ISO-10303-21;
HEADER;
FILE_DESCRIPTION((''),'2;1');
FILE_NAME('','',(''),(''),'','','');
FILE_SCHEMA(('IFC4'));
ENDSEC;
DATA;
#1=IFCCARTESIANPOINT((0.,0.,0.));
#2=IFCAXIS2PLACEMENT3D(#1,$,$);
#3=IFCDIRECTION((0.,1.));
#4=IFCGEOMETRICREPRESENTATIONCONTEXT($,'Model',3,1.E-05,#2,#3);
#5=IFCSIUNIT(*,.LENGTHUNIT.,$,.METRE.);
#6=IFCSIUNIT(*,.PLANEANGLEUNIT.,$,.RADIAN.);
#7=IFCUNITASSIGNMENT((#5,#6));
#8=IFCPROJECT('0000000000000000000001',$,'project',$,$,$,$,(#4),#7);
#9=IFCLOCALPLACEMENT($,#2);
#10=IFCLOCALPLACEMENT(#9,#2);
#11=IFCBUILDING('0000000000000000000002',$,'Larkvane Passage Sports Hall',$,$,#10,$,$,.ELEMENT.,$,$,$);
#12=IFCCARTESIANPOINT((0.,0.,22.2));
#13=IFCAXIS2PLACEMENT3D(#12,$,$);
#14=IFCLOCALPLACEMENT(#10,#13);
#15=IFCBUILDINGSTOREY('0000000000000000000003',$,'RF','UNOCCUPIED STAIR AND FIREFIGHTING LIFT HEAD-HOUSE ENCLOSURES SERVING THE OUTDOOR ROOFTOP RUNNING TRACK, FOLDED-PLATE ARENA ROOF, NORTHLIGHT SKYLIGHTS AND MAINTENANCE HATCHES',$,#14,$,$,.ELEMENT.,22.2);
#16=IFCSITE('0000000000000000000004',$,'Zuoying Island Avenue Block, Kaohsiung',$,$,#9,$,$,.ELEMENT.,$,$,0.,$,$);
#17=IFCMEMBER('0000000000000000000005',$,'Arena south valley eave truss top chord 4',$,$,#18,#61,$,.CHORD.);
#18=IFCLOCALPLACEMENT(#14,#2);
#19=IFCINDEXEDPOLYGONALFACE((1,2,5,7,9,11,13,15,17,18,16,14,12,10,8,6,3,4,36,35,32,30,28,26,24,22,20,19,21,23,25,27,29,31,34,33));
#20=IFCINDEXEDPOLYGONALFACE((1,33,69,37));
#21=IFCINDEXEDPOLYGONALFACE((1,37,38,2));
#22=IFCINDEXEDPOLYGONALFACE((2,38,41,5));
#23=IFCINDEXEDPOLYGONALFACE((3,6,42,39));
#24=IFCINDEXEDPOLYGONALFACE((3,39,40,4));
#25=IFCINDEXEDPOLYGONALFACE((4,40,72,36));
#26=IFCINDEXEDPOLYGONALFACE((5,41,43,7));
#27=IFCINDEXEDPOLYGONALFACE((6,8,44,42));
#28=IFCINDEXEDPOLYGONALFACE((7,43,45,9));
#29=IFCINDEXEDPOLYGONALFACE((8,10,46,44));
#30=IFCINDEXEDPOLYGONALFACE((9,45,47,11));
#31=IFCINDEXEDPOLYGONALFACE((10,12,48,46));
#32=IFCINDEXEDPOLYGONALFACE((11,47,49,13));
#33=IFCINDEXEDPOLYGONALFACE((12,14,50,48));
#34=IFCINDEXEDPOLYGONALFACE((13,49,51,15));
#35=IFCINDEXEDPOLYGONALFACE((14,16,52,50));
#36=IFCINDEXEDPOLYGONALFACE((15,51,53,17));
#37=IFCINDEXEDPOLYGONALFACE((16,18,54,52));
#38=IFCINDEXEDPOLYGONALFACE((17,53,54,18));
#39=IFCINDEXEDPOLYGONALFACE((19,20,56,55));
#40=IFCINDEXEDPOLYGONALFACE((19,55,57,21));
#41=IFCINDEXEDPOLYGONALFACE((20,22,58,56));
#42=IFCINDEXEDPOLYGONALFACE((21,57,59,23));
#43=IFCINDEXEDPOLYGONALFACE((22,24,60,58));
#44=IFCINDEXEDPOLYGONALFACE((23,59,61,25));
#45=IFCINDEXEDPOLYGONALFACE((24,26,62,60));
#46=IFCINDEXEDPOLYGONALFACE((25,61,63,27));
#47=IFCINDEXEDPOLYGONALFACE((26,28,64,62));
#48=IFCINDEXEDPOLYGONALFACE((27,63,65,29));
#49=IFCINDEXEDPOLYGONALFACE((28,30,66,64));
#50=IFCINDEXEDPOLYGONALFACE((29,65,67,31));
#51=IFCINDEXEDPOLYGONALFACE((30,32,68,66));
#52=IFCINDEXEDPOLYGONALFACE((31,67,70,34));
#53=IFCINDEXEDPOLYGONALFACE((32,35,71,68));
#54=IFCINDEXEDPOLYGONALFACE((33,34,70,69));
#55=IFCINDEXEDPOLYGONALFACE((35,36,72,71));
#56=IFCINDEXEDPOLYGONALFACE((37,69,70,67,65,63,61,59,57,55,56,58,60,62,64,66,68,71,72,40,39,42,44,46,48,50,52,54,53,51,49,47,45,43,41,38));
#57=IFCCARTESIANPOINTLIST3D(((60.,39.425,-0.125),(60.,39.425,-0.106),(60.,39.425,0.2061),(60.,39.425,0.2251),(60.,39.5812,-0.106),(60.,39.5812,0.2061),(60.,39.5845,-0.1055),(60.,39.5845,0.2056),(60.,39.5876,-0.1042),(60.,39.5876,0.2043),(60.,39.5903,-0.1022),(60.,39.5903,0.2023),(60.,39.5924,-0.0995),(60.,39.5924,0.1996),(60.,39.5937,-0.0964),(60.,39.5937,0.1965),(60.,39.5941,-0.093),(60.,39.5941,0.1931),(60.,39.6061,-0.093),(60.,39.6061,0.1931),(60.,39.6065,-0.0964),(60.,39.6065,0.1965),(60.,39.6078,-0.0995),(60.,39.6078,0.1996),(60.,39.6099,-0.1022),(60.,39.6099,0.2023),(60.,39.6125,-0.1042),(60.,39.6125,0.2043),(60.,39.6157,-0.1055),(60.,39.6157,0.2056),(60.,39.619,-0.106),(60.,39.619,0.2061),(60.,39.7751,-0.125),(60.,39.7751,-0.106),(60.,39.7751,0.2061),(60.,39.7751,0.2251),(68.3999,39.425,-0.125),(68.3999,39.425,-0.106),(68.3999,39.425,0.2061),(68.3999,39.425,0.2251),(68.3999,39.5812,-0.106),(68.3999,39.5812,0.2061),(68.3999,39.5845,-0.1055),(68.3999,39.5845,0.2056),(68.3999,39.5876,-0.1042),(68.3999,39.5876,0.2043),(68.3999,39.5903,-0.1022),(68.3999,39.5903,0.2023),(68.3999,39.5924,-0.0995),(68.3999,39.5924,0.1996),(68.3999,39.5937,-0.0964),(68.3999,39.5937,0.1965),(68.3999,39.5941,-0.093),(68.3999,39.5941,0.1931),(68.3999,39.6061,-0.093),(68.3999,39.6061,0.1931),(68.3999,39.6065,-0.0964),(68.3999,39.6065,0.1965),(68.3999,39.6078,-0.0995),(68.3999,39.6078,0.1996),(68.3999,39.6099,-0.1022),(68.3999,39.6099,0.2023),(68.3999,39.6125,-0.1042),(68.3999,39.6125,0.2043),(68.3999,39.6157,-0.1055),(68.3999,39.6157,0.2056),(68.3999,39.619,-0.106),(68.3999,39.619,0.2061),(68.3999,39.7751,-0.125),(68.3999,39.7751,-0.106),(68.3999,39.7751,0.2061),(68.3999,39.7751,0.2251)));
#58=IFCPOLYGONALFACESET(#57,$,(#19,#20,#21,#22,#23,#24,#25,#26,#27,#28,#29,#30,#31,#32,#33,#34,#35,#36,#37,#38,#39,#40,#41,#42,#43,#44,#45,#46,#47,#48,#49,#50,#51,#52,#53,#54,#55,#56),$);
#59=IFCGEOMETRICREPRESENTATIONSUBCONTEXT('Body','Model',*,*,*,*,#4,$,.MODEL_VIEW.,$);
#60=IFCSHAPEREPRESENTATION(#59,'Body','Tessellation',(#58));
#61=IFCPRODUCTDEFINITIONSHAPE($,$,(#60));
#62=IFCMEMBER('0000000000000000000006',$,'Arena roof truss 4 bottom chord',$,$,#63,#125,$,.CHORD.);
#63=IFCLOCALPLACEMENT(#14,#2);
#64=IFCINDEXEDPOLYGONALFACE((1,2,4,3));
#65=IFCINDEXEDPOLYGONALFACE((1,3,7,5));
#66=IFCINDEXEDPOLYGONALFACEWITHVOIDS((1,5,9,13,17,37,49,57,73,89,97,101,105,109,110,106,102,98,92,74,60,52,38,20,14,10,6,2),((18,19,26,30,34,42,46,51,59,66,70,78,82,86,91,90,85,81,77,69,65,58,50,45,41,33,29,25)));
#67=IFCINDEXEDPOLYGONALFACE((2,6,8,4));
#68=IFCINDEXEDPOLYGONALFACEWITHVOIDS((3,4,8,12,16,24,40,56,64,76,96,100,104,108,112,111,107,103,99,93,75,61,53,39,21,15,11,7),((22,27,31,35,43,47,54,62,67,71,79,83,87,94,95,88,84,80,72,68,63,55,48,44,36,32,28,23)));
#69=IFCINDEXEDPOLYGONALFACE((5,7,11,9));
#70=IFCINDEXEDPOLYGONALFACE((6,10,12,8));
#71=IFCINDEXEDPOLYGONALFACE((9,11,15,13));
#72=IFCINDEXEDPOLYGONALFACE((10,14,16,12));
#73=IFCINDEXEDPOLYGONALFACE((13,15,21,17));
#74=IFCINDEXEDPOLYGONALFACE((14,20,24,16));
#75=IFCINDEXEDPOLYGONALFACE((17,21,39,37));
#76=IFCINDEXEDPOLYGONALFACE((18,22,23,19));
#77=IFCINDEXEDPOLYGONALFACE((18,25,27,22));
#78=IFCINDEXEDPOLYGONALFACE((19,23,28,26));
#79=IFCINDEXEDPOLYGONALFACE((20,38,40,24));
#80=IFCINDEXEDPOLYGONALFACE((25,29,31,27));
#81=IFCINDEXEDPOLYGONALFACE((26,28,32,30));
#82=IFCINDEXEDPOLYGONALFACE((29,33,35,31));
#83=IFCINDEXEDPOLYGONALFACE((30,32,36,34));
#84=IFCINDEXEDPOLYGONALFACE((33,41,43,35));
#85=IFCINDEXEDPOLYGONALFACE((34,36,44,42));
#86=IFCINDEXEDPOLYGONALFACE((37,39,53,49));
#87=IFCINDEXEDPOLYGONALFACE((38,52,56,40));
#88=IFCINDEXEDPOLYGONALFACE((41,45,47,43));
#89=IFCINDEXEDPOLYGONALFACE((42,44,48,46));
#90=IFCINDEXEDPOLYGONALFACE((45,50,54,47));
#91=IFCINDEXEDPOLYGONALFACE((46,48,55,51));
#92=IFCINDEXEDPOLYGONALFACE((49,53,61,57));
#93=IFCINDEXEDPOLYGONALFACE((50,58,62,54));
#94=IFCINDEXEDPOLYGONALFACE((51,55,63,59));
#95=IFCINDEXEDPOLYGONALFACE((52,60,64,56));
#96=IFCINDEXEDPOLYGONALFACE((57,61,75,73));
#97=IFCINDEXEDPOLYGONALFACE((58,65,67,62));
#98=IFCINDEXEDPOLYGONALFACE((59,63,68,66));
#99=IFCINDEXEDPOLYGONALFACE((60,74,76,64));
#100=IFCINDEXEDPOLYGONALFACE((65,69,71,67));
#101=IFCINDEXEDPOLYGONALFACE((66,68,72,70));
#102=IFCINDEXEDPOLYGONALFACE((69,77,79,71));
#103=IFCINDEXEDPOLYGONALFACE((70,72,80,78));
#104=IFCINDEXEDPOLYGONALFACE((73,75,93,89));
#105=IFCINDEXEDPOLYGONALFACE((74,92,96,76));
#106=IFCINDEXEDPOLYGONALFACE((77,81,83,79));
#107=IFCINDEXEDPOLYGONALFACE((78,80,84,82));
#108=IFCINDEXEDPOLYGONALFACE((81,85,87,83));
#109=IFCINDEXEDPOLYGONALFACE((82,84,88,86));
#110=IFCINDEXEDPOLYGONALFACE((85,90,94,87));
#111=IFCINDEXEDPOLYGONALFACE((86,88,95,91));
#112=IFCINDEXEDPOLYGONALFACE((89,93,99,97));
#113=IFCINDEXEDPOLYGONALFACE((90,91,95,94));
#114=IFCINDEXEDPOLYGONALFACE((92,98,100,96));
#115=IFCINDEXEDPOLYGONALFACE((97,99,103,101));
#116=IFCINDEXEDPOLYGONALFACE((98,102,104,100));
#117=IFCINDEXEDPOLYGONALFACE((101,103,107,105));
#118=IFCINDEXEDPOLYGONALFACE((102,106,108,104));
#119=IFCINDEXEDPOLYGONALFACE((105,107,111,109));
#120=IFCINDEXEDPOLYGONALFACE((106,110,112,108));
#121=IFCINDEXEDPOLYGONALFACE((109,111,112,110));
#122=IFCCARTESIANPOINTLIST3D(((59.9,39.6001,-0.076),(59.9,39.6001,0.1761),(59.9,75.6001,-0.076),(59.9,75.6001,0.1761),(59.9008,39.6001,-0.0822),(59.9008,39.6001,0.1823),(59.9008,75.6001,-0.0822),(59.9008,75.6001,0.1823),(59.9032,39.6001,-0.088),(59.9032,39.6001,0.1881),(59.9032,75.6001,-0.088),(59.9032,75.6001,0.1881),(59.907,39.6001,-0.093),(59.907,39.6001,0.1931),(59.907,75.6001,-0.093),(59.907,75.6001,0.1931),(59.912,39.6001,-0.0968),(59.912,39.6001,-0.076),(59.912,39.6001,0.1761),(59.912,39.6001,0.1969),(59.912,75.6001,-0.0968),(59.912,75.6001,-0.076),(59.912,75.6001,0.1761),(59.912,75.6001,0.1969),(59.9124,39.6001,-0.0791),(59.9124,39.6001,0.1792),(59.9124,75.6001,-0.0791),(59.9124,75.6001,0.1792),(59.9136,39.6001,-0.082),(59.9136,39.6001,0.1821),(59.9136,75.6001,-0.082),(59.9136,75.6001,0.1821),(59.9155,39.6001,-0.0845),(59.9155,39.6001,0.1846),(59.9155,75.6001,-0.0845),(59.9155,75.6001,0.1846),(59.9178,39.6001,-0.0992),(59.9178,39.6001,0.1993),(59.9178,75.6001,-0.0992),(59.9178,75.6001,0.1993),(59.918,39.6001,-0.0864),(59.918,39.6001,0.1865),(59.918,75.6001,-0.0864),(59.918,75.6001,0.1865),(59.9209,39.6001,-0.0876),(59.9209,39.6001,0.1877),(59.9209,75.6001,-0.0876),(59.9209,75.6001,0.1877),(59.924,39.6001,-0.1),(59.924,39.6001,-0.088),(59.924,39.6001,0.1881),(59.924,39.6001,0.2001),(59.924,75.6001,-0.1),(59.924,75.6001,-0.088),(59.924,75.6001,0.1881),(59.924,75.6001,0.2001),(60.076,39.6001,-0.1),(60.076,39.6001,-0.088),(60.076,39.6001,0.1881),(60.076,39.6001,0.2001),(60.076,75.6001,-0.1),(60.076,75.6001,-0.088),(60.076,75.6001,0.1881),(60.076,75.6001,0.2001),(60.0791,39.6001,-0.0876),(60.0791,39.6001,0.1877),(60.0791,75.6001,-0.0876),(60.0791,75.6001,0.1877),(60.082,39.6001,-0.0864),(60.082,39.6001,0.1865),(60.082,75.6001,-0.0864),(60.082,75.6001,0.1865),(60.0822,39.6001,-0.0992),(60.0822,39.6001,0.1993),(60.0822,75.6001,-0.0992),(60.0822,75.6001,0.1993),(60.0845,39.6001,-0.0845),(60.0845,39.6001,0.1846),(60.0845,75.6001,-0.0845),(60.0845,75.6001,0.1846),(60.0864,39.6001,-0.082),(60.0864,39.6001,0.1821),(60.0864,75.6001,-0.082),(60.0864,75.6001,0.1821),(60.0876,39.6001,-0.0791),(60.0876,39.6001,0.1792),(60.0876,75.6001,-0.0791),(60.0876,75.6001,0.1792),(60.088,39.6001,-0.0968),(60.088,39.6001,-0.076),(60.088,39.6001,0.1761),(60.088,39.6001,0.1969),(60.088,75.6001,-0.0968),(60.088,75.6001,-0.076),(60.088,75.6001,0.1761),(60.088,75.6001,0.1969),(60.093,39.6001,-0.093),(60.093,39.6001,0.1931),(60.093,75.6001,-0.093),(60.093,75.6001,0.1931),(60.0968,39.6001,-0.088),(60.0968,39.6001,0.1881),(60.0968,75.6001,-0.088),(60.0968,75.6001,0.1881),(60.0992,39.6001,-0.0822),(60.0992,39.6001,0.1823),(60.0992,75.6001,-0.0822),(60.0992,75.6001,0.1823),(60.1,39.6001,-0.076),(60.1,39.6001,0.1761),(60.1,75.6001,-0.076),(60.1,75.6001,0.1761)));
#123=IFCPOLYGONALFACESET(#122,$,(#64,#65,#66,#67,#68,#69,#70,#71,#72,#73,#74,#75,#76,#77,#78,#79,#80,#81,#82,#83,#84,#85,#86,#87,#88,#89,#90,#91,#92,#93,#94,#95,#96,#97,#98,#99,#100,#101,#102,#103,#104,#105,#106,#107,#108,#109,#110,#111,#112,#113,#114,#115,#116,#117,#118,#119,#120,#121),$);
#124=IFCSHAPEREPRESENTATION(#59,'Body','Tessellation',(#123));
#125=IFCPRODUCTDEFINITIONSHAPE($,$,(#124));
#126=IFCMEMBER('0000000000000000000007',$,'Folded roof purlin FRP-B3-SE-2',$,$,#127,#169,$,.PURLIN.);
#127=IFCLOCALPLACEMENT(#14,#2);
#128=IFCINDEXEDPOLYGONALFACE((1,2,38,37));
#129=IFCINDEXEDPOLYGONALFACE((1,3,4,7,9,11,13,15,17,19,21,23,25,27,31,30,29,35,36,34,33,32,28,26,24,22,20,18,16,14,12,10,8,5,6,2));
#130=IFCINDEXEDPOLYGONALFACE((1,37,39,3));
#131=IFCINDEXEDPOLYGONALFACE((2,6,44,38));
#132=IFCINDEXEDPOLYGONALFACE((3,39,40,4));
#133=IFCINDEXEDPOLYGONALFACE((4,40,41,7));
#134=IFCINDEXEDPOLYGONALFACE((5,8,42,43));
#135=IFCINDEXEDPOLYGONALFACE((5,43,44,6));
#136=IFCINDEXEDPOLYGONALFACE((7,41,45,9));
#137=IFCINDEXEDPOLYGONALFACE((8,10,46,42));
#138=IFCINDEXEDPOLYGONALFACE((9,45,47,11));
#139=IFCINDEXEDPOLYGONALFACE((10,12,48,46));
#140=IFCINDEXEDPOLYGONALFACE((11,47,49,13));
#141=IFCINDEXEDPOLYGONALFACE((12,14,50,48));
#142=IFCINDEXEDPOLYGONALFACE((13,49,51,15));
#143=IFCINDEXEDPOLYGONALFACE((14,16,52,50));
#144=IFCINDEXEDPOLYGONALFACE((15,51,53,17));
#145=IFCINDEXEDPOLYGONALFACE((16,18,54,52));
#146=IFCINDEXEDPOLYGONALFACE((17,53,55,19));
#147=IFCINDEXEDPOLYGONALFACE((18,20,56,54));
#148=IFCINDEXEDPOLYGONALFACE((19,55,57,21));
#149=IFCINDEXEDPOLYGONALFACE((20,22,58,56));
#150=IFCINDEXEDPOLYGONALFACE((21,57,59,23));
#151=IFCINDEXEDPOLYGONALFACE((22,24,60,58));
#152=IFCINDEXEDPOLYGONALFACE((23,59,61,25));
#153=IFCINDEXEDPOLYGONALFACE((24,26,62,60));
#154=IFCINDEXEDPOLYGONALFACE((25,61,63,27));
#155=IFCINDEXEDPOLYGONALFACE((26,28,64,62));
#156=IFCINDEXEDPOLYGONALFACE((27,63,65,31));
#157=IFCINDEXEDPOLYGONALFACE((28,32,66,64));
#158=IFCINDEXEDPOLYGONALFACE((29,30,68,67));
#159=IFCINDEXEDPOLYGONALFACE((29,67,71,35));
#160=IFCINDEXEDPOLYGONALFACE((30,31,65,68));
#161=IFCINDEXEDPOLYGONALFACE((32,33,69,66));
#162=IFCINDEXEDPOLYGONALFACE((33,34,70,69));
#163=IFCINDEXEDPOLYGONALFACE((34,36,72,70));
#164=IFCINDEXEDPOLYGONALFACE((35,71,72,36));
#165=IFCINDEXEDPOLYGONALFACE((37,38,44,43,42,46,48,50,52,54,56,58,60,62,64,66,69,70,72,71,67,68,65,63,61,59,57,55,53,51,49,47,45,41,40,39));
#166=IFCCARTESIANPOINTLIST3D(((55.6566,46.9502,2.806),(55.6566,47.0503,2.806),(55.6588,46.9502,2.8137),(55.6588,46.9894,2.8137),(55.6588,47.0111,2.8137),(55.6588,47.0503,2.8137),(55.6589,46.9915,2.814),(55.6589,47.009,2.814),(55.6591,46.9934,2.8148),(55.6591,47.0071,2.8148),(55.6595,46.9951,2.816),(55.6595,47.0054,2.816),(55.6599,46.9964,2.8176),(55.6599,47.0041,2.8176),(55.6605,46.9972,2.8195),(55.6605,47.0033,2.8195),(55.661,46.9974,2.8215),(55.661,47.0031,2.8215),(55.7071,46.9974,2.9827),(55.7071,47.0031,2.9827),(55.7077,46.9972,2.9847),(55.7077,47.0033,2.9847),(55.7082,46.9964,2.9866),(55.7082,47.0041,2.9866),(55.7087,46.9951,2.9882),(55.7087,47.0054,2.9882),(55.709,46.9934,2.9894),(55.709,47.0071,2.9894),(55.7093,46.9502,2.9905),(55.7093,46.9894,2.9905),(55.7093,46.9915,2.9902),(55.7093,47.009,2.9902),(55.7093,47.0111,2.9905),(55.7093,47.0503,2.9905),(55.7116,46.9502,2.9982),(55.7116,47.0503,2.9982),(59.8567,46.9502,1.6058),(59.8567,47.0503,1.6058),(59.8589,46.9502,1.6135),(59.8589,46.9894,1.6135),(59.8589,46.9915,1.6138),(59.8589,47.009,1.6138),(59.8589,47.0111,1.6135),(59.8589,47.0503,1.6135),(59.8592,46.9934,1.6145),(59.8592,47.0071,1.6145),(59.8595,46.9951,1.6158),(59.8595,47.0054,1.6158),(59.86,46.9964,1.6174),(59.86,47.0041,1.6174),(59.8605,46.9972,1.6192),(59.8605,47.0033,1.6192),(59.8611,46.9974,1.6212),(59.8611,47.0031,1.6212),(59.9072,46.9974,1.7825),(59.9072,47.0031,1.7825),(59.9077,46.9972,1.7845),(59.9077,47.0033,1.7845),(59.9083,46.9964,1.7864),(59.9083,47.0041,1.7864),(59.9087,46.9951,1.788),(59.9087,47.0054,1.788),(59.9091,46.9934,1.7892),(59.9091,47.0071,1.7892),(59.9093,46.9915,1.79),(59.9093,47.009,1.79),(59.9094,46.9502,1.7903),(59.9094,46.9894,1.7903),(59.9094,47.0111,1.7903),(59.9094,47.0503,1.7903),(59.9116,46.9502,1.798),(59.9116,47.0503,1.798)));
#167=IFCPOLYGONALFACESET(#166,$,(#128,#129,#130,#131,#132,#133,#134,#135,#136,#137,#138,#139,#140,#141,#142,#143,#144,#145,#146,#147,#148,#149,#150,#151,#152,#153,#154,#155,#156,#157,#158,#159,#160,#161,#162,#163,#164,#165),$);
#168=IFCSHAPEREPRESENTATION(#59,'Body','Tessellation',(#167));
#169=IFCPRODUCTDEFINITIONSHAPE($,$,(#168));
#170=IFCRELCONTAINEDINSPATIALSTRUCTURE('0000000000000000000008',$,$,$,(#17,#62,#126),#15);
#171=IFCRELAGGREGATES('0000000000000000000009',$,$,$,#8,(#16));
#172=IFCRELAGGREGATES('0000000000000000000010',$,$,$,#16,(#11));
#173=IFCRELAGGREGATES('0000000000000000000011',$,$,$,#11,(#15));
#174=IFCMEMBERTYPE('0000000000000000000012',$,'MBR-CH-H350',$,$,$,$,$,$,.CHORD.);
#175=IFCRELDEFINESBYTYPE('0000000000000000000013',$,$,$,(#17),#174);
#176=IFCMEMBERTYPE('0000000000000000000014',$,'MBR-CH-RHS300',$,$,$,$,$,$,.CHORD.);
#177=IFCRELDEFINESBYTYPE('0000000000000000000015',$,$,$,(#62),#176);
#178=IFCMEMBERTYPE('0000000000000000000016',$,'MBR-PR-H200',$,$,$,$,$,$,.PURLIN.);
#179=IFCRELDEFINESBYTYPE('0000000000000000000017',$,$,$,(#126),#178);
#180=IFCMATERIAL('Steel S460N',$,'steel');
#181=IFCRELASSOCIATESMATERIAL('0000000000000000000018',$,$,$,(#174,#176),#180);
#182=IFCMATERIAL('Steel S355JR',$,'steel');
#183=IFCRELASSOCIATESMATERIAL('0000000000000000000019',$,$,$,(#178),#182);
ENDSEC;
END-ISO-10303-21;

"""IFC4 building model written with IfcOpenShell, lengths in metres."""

from ifc_helpers import new_model, si_unit, direction, frame, origin, origin_2d, place, context, subcontext, project, spatial, hollow_rectangle, i_section, extrude, material, material_profile, profile_set, type_object, element, save


model = new_model("IFC4")

# Units and contexts
model_context = context("Model", 3, precision=1e-05, world=origin(), true_north=direction((0.0, 1.0)))
body_context = subcontext(model_context, "Body", "Model", "MODEL_VIEW")
ifc_project = project(units=[si_unit("LENGTHUNIT", "METRE"), si_unit("PLANEANGLEUNIT", "RADIAN")], contexts=[model_context])

# Site, building, storey
site_placement = place(None, origin())
site = spatial("IfcSite", under=ifc_project, at=site_placement, Name="Zuoying Island Avenue Block, Kaohsiung", CompositionType="ELEMENT", RefElevation=0.0)
building_placement = place(site_placement, origin())
building = spatial("IfcBuilding", under=site, at=building_placement, Name="Larkvane Passage Sports Hall", CompositionType="ELEMENT")
storey_placement = place(building_placement, frame((0.0, 0.0, 22.2)))
storey = spatial("IfcBuildingStorey", under=building, at=storey_placement, Name="RF", Description="UNOCCUPIED STAIR AND FIREFIGHTING LIFT HEAD-HOUSE ENCLOSURES SERVING THE OUTDOOR ROOFTOP RUNNING TRACK, FOLDED-PLATE ARENA ROOF, NORTHLIGHT SKYLIGHTS AND MAINTENANCE HATCHES", CompositionType="ELEMENT", Elevation=22.2)

# Members
ifc_material_1 = material(Name="Steel S355JR", Category="steel")
ifc_material_2 = material(Name="Steel S460N", Category="steel")
ifc_material_profile_1 = material_profile(ifc_material_2, i_section(OverallWidth=0.3501, OverallDepth=0.3501, WebThickness=0.012, FlangeThickness=0.019, FilletRadius=0.0129, at=origin_2d()), Name="H-350x350x12x19")
ifc_profile_set_1 = profile_set([ifc_material_profile_1], Name="Steel S460N")
member_type_1 = type_object("IfcMemberType", Name="MBR-CH-H350", PredefinedType="CHORD", material=ifc_profile_set_1)
for number, where, z_axis, x_axis, name in (
    (1, (60.0, 39.6001, 0.05), (1.0, 0.0, 0.0), (0.0, 1.0, 0.0), "Arena south valley eave truss top chord 4"),
):
    element("IfcMember", number, at=place(storey_placement, frame(where, z_axis=z_axis, x_axis=x_axis)), inside=storey, type_object=member_type_1, Name=name, PredefinedType="CHORD", context=body_context, shape_type="SweptSolid", body=[
        extrude(i_section(OverallWidth=0.3501, OverallDepth=0.3501, WebThickness=0.012, FlangeThickness=0.019, FilletRadius=0.0129, at=origin_2d()), origin(), (0.0, 0.0, 1.0), 8.3999),
    ])
ifc_material_profile_2 = material_profile(ifc_material_2, hollow_rectangle(XDim=0.2, YDim=0.3, WallThickness=0.012, InnerFilletRadius=0.012, OuterFilletRadius=0.0239, at=origin_2d()), Name="RHS-300x200x12")
ifc_profile_set_2 = profile_set([ifc_material_profile_2], Name="Steel S460N")
member_type_2 = type_object("IfcMemberType", Name="MBR-CH-RHS300", PredefinedType="CHORD", material=ifc_profile_set_2)
member_1_placement = place(storey_placement, frame((60.0, 39.6001, 0.05), z_axis=(0.0, 1.0, 0.0), x_axis=(-1.0, 0.0, 0.0)))
element("IfcMember", 2, at=member_1_placement, inside=storey, type_object=member_type_2, Name="Arena roof truss 4 bottom chord", PredefinedType="CHORD", context=body_context, shape_type="SweptSolid", body=[
    extrude(hollow_rectangle(XDim=0.2, YDim=0.3, WallThickness=0.012, InnerFilletRadius=0.012, OuterFilletRadius=0.0239, at=origin_2d()), origin(), (0.0, 0.0, 1.0), 36.0),
])
ifc_material_profile_3 = material_profile(ifc_material_1, i_section(OverallWidth=0.1001, OverallDepth=0.2, WebThickness=0.0056, FlangeThickness=0.0081, FilletRadius=0.0081, at=origin_2d()), Name="H-200x100x5.5x8")
ifc_profile_set_3 = profile_set([ifc_material_profile_3], Name="Steel S355JR")
member_type_3 = type_object("IfcMemberType", Name="MBR-PR-H200", PredefinedType="PURLIN", material=ifc_profile_set_3)
for number, where, z_axis, x_axis, name in (
    (3, (55.6841, 47.0002, 2.9021), (0.961511, 0.0, -0.274765), (0.0, 1.0, 0.0), "Folded roof purlin FRP-B3-SE-2"),
):
    element("IfcMember", number, at=place(storey_placement, frame(where, z_axis=z_axis, x_axis=x_axis)), inside=storey, type_object=member_type_3, Name=name, PredefinedType="PURLIN", context=body_context, shape_type="SweptSolid", body=[
        extrude(i_section(OverallWidth=0.1001, OverallDepth=0.2, WebThickness=0.0056, FlangeThickness=0.0081, FilletRadius=0.0081, at=origin_2d()), origin(), (0.0, 0.0, 1.0), 4.3682),
    ])

save(model, "model.ifc")
